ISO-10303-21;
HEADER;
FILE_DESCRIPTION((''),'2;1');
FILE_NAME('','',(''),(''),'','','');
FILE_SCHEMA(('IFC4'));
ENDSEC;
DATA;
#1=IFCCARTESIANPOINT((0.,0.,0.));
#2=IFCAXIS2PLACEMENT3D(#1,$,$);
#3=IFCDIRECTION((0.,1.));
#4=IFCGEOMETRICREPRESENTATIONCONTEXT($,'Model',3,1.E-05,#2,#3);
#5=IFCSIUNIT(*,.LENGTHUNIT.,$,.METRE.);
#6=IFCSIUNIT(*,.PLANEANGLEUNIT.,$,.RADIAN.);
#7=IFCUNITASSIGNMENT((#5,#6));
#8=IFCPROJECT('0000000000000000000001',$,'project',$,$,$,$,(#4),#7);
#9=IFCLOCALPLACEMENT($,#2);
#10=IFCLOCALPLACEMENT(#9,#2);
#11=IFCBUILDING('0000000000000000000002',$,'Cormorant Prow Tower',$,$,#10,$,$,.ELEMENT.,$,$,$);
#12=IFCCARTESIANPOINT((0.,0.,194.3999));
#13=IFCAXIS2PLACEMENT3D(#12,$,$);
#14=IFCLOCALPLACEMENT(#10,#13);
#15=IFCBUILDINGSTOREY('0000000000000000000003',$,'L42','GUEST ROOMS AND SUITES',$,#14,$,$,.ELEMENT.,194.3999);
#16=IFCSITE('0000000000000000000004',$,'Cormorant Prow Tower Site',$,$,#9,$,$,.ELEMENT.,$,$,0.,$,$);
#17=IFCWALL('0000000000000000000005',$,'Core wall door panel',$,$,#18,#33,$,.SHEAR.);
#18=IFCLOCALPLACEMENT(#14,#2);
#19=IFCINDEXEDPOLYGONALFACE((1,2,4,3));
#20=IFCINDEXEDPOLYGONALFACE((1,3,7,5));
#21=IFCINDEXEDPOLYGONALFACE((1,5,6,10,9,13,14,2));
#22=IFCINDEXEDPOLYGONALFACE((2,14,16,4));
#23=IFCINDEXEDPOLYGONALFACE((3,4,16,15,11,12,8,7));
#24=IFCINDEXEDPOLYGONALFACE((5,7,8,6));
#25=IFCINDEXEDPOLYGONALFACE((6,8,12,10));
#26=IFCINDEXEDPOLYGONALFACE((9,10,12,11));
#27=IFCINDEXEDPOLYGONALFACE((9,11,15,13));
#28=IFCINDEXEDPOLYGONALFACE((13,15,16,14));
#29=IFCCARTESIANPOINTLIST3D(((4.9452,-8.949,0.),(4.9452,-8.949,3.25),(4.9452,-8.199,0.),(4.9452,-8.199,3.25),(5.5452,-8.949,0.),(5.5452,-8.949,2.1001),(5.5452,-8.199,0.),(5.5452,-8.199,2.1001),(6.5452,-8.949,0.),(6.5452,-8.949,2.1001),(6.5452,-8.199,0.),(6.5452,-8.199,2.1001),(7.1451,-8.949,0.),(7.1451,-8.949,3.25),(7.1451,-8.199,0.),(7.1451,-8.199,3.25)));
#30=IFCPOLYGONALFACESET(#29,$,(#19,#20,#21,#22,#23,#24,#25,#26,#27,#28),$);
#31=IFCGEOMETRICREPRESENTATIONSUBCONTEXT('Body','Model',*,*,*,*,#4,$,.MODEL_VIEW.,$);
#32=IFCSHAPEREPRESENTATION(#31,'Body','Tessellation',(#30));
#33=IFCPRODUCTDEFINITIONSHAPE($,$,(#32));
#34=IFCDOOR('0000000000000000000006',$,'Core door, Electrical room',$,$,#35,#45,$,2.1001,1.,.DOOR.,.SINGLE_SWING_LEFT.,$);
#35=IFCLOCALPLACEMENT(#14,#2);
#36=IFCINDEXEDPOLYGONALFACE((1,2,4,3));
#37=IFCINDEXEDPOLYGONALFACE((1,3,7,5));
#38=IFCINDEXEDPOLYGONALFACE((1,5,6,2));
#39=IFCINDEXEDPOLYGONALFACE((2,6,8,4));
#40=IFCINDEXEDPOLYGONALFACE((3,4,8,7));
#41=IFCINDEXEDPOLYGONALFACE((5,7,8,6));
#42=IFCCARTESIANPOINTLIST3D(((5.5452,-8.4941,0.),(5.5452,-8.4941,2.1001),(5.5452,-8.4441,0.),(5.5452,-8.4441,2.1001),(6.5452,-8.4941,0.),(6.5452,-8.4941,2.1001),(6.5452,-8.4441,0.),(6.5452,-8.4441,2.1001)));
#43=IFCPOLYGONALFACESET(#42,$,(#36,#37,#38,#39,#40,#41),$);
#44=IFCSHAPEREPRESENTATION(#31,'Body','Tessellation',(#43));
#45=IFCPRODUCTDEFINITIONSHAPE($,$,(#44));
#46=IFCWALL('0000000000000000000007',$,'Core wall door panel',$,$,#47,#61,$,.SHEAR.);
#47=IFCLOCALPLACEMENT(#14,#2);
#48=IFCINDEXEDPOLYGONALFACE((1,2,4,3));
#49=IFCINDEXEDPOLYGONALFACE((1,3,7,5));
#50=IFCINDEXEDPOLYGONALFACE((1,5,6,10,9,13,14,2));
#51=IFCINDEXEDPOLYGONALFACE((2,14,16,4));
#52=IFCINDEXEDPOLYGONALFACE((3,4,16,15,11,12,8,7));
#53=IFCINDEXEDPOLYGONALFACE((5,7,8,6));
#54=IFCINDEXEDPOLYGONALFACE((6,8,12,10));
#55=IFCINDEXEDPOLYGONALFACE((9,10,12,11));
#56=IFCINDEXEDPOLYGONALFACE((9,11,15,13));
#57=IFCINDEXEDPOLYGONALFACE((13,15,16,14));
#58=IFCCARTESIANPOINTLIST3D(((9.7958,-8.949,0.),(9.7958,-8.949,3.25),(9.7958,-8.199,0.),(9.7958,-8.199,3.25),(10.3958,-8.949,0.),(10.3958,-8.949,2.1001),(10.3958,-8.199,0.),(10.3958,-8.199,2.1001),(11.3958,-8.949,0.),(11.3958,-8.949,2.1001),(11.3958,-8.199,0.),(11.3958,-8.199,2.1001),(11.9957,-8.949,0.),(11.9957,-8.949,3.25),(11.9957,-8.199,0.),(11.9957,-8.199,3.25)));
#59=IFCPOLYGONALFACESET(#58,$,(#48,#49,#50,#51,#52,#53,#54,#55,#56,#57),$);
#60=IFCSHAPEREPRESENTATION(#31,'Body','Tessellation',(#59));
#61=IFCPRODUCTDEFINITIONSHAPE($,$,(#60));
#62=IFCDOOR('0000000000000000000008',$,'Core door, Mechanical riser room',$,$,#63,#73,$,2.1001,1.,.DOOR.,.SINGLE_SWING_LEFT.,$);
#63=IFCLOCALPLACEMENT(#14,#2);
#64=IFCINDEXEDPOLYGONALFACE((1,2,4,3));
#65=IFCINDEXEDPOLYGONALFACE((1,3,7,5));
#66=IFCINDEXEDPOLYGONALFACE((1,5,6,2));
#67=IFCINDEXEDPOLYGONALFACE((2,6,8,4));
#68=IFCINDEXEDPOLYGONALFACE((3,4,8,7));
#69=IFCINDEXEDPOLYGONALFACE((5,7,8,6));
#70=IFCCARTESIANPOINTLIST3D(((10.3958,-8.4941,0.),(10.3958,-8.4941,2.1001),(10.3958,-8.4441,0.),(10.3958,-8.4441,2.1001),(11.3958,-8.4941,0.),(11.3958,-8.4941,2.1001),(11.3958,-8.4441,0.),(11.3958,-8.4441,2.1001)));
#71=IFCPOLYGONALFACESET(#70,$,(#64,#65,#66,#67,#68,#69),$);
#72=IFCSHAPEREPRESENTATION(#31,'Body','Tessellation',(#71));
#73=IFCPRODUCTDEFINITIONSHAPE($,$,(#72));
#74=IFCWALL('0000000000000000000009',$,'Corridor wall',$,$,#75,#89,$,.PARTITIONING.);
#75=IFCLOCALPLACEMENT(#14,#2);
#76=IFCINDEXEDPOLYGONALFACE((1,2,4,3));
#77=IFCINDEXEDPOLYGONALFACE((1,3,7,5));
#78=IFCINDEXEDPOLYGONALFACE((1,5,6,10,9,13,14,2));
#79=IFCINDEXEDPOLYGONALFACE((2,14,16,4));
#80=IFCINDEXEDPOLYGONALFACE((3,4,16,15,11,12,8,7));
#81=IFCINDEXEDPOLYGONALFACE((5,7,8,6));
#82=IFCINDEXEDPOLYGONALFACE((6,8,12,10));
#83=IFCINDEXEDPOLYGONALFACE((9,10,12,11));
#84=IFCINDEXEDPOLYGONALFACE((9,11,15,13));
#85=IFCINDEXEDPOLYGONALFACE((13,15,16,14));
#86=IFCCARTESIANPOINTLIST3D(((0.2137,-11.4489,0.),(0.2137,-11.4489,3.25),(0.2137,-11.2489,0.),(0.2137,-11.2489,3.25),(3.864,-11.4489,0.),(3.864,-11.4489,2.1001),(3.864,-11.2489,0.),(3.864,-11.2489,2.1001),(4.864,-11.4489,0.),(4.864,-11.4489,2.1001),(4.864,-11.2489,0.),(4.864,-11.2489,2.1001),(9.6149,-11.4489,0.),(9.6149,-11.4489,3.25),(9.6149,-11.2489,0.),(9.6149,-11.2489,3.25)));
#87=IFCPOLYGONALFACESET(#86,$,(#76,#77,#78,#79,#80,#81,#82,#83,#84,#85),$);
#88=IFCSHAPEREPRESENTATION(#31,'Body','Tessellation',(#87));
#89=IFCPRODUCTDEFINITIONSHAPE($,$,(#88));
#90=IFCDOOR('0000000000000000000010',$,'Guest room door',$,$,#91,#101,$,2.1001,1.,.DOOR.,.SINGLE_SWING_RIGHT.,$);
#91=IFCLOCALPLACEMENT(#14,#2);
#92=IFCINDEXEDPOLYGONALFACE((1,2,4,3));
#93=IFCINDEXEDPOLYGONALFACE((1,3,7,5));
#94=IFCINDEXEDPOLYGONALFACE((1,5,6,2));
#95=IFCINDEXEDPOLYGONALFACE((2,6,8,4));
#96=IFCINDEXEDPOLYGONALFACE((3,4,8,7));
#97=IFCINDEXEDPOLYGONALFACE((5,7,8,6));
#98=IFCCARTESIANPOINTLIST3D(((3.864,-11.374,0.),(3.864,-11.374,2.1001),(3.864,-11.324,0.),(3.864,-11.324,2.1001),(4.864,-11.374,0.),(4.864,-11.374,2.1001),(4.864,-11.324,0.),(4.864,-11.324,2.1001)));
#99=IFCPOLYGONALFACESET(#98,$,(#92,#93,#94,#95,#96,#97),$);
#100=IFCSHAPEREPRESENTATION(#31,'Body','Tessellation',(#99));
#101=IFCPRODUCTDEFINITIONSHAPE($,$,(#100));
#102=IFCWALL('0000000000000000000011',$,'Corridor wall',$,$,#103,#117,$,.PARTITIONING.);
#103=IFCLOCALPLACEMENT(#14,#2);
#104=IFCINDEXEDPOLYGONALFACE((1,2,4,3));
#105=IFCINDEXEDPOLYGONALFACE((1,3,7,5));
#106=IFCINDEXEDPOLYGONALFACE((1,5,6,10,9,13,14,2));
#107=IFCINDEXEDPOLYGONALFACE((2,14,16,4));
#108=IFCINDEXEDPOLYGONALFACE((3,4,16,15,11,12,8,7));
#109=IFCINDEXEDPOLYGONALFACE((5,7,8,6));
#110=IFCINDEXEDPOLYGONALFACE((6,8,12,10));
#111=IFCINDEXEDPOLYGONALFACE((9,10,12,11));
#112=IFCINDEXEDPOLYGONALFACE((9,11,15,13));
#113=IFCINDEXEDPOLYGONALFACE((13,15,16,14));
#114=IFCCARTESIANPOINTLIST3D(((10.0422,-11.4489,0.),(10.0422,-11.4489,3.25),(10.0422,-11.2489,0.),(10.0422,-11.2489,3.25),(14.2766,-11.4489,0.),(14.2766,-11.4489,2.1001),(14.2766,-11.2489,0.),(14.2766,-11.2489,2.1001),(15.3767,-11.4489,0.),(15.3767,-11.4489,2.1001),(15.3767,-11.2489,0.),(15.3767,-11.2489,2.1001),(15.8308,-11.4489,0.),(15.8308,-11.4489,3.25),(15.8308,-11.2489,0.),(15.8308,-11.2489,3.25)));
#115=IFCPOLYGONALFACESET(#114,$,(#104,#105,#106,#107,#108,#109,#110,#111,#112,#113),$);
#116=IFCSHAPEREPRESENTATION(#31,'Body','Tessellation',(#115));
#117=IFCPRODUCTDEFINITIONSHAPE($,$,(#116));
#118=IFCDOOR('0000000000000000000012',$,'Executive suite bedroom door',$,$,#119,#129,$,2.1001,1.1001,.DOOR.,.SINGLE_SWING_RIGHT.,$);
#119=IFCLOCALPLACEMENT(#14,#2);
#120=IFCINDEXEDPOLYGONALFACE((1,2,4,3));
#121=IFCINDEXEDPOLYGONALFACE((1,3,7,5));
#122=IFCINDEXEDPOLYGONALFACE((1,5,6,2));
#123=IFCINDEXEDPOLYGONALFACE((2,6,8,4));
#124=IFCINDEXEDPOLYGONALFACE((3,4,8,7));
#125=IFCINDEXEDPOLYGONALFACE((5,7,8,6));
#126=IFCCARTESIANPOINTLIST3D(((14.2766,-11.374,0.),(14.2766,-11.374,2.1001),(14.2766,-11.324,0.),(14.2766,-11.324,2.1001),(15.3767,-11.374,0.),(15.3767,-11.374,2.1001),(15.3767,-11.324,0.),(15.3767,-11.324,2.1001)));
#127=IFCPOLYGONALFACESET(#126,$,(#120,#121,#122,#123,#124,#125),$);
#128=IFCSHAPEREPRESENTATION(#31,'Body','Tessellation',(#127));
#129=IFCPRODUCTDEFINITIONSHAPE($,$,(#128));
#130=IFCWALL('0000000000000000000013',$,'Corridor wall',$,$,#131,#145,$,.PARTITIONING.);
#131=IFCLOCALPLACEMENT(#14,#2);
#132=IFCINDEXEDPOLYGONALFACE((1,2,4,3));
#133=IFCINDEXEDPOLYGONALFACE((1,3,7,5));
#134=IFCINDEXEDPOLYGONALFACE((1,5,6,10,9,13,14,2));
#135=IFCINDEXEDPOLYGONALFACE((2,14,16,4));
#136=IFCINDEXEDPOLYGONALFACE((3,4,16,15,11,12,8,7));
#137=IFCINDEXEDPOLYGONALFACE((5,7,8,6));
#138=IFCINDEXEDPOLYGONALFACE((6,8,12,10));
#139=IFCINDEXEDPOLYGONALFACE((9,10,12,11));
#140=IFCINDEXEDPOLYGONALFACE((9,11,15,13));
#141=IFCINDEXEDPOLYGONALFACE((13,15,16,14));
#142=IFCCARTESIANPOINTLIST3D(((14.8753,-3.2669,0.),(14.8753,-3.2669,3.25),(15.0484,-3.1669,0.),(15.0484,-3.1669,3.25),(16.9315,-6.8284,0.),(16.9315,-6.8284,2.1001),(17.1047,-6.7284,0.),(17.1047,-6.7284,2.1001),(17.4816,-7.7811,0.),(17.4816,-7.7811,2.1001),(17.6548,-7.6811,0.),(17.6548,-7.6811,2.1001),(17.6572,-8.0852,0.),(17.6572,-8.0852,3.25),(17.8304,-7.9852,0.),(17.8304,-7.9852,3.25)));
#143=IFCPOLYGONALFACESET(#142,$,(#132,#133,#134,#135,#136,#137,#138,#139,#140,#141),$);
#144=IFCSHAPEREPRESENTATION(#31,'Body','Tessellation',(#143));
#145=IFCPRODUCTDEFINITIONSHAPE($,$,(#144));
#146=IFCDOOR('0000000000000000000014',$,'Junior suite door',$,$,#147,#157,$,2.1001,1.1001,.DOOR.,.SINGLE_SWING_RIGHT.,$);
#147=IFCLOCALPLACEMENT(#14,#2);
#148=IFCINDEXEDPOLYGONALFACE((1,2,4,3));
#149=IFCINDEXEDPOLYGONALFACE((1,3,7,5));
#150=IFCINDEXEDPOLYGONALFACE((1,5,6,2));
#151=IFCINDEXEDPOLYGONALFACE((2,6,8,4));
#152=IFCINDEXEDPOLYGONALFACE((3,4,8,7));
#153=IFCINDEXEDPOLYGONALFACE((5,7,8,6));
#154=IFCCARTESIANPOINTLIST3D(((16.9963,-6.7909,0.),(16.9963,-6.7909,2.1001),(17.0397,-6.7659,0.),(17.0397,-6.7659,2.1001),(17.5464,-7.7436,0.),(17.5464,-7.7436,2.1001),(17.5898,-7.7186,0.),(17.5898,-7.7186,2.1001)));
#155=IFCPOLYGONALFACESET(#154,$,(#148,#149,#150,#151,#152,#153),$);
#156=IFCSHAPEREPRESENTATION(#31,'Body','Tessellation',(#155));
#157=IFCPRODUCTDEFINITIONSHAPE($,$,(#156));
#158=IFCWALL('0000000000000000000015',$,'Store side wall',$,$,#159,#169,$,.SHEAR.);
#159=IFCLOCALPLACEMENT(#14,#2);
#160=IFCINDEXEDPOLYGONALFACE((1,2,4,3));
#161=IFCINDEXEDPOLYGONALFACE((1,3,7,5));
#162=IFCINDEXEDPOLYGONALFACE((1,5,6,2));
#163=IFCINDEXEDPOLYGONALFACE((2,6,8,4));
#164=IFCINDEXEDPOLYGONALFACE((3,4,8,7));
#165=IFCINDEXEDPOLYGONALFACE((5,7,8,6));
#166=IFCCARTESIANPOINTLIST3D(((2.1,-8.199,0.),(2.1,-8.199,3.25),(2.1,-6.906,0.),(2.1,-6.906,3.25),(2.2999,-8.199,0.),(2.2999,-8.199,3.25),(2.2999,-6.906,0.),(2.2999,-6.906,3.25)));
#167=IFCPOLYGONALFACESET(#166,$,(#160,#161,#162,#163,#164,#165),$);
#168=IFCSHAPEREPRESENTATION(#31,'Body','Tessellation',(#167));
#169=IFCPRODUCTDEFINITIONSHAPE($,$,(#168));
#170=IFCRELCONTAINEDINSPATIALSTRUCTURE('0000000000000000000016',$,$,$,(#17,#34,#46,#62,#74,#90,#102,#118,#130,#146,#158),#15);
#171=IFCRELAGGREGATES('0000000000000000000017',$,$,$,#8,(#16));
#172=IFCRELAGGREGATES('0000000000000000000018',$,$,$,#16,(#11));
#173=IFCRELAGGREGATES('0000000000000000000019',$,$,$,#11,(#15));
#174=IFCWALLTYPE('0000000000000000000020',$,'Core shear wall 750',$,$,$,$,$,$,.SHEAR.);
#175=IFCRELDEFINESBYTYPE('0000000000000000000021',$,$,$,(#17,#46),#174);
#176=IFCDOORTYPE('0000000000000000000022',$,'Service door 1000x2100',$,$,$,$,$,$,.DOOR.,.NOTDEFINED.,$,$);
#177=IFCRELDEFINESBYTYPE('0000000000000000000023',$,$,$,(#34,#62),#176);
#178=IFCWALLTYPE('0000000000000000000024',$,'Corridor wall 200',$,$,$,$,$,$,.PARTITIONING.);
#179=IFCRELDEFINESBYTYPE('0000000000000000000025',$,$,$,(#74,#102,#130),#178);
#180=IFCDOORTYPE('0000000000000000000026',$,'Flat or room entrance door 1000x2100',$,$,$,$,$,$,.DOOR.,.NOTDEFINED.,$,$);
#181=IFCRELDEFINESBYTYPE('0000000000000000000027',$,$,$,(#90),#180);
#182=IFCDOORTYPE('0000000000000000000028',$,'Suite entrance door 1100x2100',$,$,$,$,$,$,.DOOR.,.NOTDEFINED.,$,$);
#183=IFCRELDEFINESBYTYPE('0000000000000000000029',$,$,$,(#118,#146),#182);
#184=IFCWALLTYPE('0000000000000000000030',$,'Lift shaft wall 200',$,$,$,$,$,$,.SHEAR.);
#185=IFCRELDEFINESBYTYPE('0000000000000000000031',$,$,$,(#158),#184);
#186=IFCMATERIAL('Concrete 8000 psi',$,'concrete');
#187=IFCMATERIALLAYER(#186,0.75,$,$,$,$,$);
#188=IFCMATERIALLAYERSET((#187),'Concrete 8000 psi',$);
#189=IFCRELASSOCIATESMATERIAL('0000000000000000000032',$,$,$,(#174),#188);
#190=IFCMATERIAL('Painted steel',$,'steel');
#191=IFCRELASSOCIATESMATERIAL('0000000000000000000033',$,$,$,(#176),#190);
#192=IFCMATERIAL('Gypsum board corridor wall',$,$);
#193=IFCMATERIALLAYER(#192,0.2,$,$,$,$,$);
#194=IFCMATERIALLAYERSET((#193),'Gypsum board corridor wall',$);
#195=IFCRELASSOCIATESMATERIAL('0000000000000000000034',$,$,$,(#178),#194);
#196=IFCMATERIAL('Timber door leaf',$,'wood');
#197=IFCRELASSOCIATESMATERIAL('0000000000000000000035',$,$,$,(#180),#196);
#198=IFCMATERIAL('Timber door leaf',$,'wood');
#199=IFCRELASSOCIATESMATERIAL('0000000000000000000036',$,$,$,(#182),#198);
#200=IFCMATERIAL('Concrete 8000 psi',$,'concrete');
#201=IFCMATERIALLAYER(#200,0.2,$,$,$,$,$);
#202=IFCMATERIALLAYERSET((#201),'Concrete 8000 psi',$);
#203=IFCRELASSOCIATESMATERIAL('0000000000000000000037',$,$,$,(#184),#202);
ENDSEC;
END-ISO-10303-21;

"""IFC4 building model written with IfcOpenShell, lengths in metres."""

from ifc_helpers import new_model, si_unit, direction, frame, frame_2d, origin, place, context, subcontext, project, spatial, rectangle, extrude, material, layer, layer_set, type_object, element, fill, save


model = new_model("IFC4")

# Units and contexts
model_context = context("Model", 3, precision=1e-05, world=origin(), true_north=direction((0.0, 1.0)))
body_context = subcontext(model_context, "Body", "Model", "MODEL_VIEW")
ifc_project = project(units=[si_unit("LENGTHUNIT", "METRE"), si_unit("PLANEANGLEUNIT", "RADIAN")], contexts=[model_context])

# Site, building, storey
site_placement = place(None, origin())
site = spatial("IfcSite", under=ifc_project, at=site_placement, Name="Cormorant Prow Tower Site", CompositionType="ELEMENT", RefElevation=0.0)
building_placement = place(site_placement, origin())
building = spatial("IfcBuilding", under=site, at=building_placement, Name="Cormorant Prow Tower", CompositionType="ELEMENT")
storey_placement = place(building_placement, frame((0.0, 0.0, 194.3999)))
storey = spatial("IfcBuildingStorey", under=building, at=storey_placement, Name="L42", Description="GUEST ROOMS AND SUITES", CompositionType="ELEMENT", Elevation=194.3999)

# Shared definitions
ifc_material_1 = material(Name="Concrete 8000 psi", Category="concrete")
ifc_layer_1 = layer(ifc_material_1, 0.75)
ifc_layer_set_1 = layer_set([ifc_layer_1], Name="Concrete 8000 psi")
wall_type_1 = type_object("IfcWallType", Name="Core shear wall 750", PredefinedType="SHEAR", material=ifc_layer_set_1)

# Walls, openings, doors
ifc_material_2 = material(Name="Painted steel", Category="steel")
door_type_1 = type_object("IfcDoorType", Name="Service door 1000x2100", OperationType="NOTDEFINED", PredefinedType="DOOR", material=ifc_material_2)
wall_1_placement = place(storey_placement, frame((4.9451, -8.574, 0.0), z_axis=(0.0, 0.0, 1.0), x_axis=(1.0, 0.0, 0.0)))
wall_1 = element("IfcWall", 1, at=wall_1_placement, inside=storey, type_object=wall_type_1, Name="Core wall door panel", PredefinedType="SHEAR", context=body_context, shape_type="SweptSolid", body=[
    extrude(rectangle(XDim=2.2, YDim=0.75, at=frame_2d((1.1001, 0.0))), origin(), (0.0, 0.0, 1.0), 3.25),
])
opening_1_placement = place(wall_1_placement, frame((0.6001, 0.0, 0.0)))
opening_1 = element("IfcOpeningElement", 2, at=opening_1_placement, cuts=wall_1, PredefinedType="OPENING", context=body_context, shape_type="SweptSolid", body=[
    extrude(rectangle(XDim=1.0, YDim=2.1001, at=frame_2d((0.5, 1.05))), frame((0.0, 0.385, 0.0), z_axis=(0.0, -1.0, 0.0), x_axis=(1.0, 0.0, 0.0)), (0.0, 0.0, 1.0), 0.77),
])
door_1_placement = place(opening_1_placement, origin())
door_1 = element("IfcDoor", 3, at=door_1_placement, inside=storey, type_object=door_type_1, Name="Core door, Electrical room", OperationType="SINGLE_SWING_LEFT", OverallHeight=2.1001, OverallWidth=1.0, PredefinedType="DOOR", context=body_context, shape_type="SweptSolid", body=[
    extrude(rectangle(XDim=1.0, YDim=2.1001, at=frame_2d((0.5, 1.05))), frame((0.0, 0.1299, 0.0), z_axis=(0.0, -1.0, 0.0), x_axis=(1.0, 0.0, 0.0)), (0.0, 0.0, 1.0), 0.05),
])
fill(opening_1, door_1)
wall_2_placement = place(storey_placement, frame((9.7957, -8.574, 0.0), z_axis=(0.0, 0.0, 1.0), x_axis=(1.0, 0.0, 0.0)))
wall_2 = element("IfcWall", 4, at=wall_2_placement, inside=storey, type_object=wall_type_1, Name="Core wall door panel", PredefinedType="SHEAR", context=body_context, shape_type="SweptSolid", body=[
    extrude(rectangle(XDim=2.2, YDim=0.75, at=frame_2d((1.1001, 0.0))), origin(), (0.0, 0.0, 1.0), 3.25),
])
opening_2_placement = place(wall_2_placement, frame((0.6001, 0.0, 0.0)))
opening_2 = element("IfcOpeningElement", 5, at=opening_2_placement, cuts=wall_2, PredefinedType="OPENING", context=body_context, shape_type="SweptSolid", body=[
    extrude(rectangle(XDim=1.0, YDim=2.1001, at=frame_2d((0.5, 1.05))), frame((0.0, 0.385, 0.0), z_axis=(0.0, -1.0, 0.0), x_axis=(1.0, 0.0, 0.0)), (0.0, 0.0, 1.0), 0.77),
])
door_2_placement = place(opening_2_placement, origin())
door_2 = element("IfcDoor", 6, at=door_2_placement, inside=storey, type_object=door_type_1, Name="Core door, Mechanical riser room", OperationType="SINGLE_SWING_LEFT", OverallHeight=2.1001, OverallWidth=1.0, PredefinedType="DOOR", context=body_context, shape_type="SweptSolid", body=[
    extrude(rectangle(XDim=1.0, YDim=2.1001, at=frame_2d((0.5, 1.05))), frame((0.0, 0.1299, 0.0), z_axis=(0.0, -1.0, 0.0), x_axis=(1.0, 0.0, 0.0)), (0.0, 0.0, 1.0), 0.05),
])
fill(opening_2, door_2)
ifc_material_3 = material(Name="Gypsum board corridor wall")
ifc_layer_2 = layer(ifc_material_3, 0.2)
ifc_layer_set_2 = layer_set([ifc_layer_2], Name="Gypsum board corridor wall")
wall_type_2 = type_object("IfcWallType", Name="Corridor wall 200", PredefinedType="PARTITIONING", material=ifc_layer_set_2)
wall_3_placement = place(storey_placement, frame((0.2136, -11.3489, 0.0), z_axis=(0.0, 0.0, 1.0), x_axis=(1.0, 0.0, 0.0)))
wall_3 = element("IfcWall", 7, at=wall_3_placement, inside=storey, type_object=wall_type_2, Name="Corridor wall", PredefinedType="PARTITIONING", context=body_context, shape_type="SweptSolid", body=[
    extrude(rectangle(XDim=9.4011, YDim=0.2, at=frame_2d((4.7007, 0.0))), origin(), (0.0, 0.0, 1.0), 3.25),
])
opening_3_placement = place(wall_3_placement, frame((3.6504, 0.0, 0.0)))
opening_3 = element("IfcOpeningElement", 8, at=opening_3_placement, cuts=wall_3, PredefinedType="OPENING", context=body_context, shape_type="SweptSolid", body=[
    extrude(rectangle(XDim=1.0, YDim=2.1001, at=frame_2d((0.5, 1.05))), frame((0.0, 0.1099, 0.0), z_axis=(0.0, -1.0, 0.0), x_axis=(1.0, 0.0, 0.0)), (0.0, 0.0, 1.0), 0.22),
])
ifc_material_4 = material(Name="Timber door leaf", Category="wood")
door_type_2 = type_object("IfcDoorType", Name="Flat or room entrance door 1000x2100", OperationType="NOTDEFINED", PredefinedType="DOOR", material=ifc_material_4)
door_3_placement = place(opening_3_placement, origin())
door_3 = element("IfcDoor", 9, at=door_3_placement, inside=storey, type_object=door_type_2, Name="Guest room door", OperationType="SINGLE_SWING_RIGHT", OverallHeight=2.1001, OverallWidth=1.0, PredefinedType="DOOR", context=body_context, shape_type="SweptSolid", body=[
    extrude(rectangle(XDim=1.0, YDim=2.1001, at=frame_2d((0.5, 1.05))), frame((0.0, 0.0249, 0.0), z_axis=(0.0, -1.0, 0.0), x_axis=(1.0, 0.0, 0.0)), (0.0, 0.0, 1.0), 0.05),
])
fill(opening_3, door_3)
wall_4_placement = place(storey_placement, frame((10.0422, -11.3489, 0.0), z_axis=(0.0, 0.0, 1.0), x_axis=(1.0, 0.0, 0.0)))
wall_4 = element("IfcWall", 10, at=wall_4_placement, inside=storey, type_object=wall_type_2, Name="Corridor wall", PredefinedType="PARTITIONING", context=body_context, shape_type="SweptSolid", body=[
    extrude(rectangle(XDim=5.7886, YDim=0.2, at=frame_2d((2.8943, 0.0))), origin(), (0.0, 0.0, 1.0), 3.25),
])
opening_4_placement = place(wall_4_placement, frame((4.2344, 0.0, 0.0)))
opening_4 = element("IfcOpeningElement", 11, at=opening_4_placement, cuts=wall_4, PredefinedType="OPENING", context=body_context, shape_type="SweptSolid", body=[
    extrude(rectangle(XDim=1.1001, YDim=2.1001, at=frame_2d((0.55, 1.05))), frame((0.0, 0.1099, 0.0), z_axis=(0.0, -1.0, 0.0), x_axis=(1.0, 0.0, 0.0)), (0.0, 0.0, 1.0), 0.22),
])
ifc_material_5 = material(Name="Timber door leaf", Category="wood")
door_type_3 = type_object("IfcDoorType", Name="Suite entrance door 1100x2100", OperationType="NOTDEFINED", PredefinedType="DOOR", material=ifc_material_5)
door_4_placement = place(opening_4_placement, origin())
door_4 = element("IfcDoor", 12, at=door_4_placement, inside=storey, type_object=door_type_3, Name="Executive suite bedroom door", OperationType="SINGLE_SWING_RIGHT", OverallHeight=2.1001, OverallWidth=1.1001, PredefinedType="DOOR", context=body_context, shape_type="SweptSolid", body=[
    extrude(rectangle(XDim=1.1001, YDim=2.1001, at=frame_2d((0.55, 1.05))), frame((0.0, 0.0249, 0.0), z_axis=(0.0, -1.0, 0.0), x_axis=(1.0, 0.0, 0.0)), (0.0, 0.0, 1.0), 0.05),
])
fill(opening_4, door_4)
wall_5_placement = place(storey_placement, frame((14.9619, -3.217, 0.0), z_axis=(0.0, 0.0, 1.0), x_axis=(0.500014, -0.866018, 0.0)))
wall_5 = element("IfcWall", 13, at=wall_5_placement, inside=storey, type_object=wall_type_2, Name="Corridor wall", PredefinedType="PARTITIONING", context=body_context, shape_type="SweptSolid", body=[
    extrude(rectangle(XDim=5.5637, YDim=0.2, at=frame_2d((2.7817, 0.0))), origin(), (0.0, 0.0, 1.0), 3.25),
])
opening_5_placement = place(wall_5_placement, frame((4.1123, 0.0, 0.0)))
opening_5 = element("IfcOpeningElement", 14, at=opening_5_placement, cuts=wall_5, PredefinedType="OPENING", context=body_context, shape_type="SweptSolid", body=[
    extrude(rectangle(XDim=1.1001, YDim=2.1001, at=frame_2d((0.55, 1.05))), frame((0.0, 0.1099, 0.0), z_axis=(0.0, -1.0, 0.0), x_axis=(1.0, 0.0, 0.0)), (0.0, 0.0, 1.0), 0.22),
])
door_5_placement = place(opening_5_placement, origin())
door_5 = element("IfcDoor", 15, at=door_5_placement, inside=storey, type_object=door_type_3, Name="Junior suite door", OperationType="SINGLE_SWING_RIGHT", OverallHeight=2.1001, OverallWidth=1.1001, PredefinedType="DOOR", context=body_context, shape_type="SweptSolid", body=[
    extrude(rectangle(XDim=1.1001, YDim=2.1001, at=frame_2d((0.55, 1.05))), frame((0.0, 0.0249, 0.0), z_axis=(0.0, -1.0, 0.0), x_axis=(1.0, 0.0, 0.0)), (0.0, 0.0, 1.0), 0.05),
])
fill(opening_5, door_5)

# Wall
ifc_material_6 = material(Name="Concrete 8000 psi", Category="concrete")
ifc_layer_3 = layer(ifc_material_6, 0.2)
ifc_layer_set_3 = layer_set([ifc_layer_3], Name="Concrete 8000 psi")
wall_type_3 = type_object("IfcWallType", Name="Lift shaft wall 200", PredefinedType="SHEAR", material=ifc_layer_set_3)
wall_6_placement = place(storey_placement, frame((2.2, -6.906, 0.0), z_axis=(0.0, 0.0, 1.0), x_axis=(0.0, -1.0, 0.0)))
element("IfcWall", 16, at=wall_6_placement, inside=storey, type_object=wall_type_3, Name="Store side wall", PredefinedType="SHEAR", context=body_context, shape_type="SweptSolid", body=[
    extrude(rectangle(XDim=1.293, YDim=0.2, at=frame_2d((0.6465, 0.0))), origin(), (0.0, 0.0, 1.0), 3.25),
])

save(model, "model.ifc")
